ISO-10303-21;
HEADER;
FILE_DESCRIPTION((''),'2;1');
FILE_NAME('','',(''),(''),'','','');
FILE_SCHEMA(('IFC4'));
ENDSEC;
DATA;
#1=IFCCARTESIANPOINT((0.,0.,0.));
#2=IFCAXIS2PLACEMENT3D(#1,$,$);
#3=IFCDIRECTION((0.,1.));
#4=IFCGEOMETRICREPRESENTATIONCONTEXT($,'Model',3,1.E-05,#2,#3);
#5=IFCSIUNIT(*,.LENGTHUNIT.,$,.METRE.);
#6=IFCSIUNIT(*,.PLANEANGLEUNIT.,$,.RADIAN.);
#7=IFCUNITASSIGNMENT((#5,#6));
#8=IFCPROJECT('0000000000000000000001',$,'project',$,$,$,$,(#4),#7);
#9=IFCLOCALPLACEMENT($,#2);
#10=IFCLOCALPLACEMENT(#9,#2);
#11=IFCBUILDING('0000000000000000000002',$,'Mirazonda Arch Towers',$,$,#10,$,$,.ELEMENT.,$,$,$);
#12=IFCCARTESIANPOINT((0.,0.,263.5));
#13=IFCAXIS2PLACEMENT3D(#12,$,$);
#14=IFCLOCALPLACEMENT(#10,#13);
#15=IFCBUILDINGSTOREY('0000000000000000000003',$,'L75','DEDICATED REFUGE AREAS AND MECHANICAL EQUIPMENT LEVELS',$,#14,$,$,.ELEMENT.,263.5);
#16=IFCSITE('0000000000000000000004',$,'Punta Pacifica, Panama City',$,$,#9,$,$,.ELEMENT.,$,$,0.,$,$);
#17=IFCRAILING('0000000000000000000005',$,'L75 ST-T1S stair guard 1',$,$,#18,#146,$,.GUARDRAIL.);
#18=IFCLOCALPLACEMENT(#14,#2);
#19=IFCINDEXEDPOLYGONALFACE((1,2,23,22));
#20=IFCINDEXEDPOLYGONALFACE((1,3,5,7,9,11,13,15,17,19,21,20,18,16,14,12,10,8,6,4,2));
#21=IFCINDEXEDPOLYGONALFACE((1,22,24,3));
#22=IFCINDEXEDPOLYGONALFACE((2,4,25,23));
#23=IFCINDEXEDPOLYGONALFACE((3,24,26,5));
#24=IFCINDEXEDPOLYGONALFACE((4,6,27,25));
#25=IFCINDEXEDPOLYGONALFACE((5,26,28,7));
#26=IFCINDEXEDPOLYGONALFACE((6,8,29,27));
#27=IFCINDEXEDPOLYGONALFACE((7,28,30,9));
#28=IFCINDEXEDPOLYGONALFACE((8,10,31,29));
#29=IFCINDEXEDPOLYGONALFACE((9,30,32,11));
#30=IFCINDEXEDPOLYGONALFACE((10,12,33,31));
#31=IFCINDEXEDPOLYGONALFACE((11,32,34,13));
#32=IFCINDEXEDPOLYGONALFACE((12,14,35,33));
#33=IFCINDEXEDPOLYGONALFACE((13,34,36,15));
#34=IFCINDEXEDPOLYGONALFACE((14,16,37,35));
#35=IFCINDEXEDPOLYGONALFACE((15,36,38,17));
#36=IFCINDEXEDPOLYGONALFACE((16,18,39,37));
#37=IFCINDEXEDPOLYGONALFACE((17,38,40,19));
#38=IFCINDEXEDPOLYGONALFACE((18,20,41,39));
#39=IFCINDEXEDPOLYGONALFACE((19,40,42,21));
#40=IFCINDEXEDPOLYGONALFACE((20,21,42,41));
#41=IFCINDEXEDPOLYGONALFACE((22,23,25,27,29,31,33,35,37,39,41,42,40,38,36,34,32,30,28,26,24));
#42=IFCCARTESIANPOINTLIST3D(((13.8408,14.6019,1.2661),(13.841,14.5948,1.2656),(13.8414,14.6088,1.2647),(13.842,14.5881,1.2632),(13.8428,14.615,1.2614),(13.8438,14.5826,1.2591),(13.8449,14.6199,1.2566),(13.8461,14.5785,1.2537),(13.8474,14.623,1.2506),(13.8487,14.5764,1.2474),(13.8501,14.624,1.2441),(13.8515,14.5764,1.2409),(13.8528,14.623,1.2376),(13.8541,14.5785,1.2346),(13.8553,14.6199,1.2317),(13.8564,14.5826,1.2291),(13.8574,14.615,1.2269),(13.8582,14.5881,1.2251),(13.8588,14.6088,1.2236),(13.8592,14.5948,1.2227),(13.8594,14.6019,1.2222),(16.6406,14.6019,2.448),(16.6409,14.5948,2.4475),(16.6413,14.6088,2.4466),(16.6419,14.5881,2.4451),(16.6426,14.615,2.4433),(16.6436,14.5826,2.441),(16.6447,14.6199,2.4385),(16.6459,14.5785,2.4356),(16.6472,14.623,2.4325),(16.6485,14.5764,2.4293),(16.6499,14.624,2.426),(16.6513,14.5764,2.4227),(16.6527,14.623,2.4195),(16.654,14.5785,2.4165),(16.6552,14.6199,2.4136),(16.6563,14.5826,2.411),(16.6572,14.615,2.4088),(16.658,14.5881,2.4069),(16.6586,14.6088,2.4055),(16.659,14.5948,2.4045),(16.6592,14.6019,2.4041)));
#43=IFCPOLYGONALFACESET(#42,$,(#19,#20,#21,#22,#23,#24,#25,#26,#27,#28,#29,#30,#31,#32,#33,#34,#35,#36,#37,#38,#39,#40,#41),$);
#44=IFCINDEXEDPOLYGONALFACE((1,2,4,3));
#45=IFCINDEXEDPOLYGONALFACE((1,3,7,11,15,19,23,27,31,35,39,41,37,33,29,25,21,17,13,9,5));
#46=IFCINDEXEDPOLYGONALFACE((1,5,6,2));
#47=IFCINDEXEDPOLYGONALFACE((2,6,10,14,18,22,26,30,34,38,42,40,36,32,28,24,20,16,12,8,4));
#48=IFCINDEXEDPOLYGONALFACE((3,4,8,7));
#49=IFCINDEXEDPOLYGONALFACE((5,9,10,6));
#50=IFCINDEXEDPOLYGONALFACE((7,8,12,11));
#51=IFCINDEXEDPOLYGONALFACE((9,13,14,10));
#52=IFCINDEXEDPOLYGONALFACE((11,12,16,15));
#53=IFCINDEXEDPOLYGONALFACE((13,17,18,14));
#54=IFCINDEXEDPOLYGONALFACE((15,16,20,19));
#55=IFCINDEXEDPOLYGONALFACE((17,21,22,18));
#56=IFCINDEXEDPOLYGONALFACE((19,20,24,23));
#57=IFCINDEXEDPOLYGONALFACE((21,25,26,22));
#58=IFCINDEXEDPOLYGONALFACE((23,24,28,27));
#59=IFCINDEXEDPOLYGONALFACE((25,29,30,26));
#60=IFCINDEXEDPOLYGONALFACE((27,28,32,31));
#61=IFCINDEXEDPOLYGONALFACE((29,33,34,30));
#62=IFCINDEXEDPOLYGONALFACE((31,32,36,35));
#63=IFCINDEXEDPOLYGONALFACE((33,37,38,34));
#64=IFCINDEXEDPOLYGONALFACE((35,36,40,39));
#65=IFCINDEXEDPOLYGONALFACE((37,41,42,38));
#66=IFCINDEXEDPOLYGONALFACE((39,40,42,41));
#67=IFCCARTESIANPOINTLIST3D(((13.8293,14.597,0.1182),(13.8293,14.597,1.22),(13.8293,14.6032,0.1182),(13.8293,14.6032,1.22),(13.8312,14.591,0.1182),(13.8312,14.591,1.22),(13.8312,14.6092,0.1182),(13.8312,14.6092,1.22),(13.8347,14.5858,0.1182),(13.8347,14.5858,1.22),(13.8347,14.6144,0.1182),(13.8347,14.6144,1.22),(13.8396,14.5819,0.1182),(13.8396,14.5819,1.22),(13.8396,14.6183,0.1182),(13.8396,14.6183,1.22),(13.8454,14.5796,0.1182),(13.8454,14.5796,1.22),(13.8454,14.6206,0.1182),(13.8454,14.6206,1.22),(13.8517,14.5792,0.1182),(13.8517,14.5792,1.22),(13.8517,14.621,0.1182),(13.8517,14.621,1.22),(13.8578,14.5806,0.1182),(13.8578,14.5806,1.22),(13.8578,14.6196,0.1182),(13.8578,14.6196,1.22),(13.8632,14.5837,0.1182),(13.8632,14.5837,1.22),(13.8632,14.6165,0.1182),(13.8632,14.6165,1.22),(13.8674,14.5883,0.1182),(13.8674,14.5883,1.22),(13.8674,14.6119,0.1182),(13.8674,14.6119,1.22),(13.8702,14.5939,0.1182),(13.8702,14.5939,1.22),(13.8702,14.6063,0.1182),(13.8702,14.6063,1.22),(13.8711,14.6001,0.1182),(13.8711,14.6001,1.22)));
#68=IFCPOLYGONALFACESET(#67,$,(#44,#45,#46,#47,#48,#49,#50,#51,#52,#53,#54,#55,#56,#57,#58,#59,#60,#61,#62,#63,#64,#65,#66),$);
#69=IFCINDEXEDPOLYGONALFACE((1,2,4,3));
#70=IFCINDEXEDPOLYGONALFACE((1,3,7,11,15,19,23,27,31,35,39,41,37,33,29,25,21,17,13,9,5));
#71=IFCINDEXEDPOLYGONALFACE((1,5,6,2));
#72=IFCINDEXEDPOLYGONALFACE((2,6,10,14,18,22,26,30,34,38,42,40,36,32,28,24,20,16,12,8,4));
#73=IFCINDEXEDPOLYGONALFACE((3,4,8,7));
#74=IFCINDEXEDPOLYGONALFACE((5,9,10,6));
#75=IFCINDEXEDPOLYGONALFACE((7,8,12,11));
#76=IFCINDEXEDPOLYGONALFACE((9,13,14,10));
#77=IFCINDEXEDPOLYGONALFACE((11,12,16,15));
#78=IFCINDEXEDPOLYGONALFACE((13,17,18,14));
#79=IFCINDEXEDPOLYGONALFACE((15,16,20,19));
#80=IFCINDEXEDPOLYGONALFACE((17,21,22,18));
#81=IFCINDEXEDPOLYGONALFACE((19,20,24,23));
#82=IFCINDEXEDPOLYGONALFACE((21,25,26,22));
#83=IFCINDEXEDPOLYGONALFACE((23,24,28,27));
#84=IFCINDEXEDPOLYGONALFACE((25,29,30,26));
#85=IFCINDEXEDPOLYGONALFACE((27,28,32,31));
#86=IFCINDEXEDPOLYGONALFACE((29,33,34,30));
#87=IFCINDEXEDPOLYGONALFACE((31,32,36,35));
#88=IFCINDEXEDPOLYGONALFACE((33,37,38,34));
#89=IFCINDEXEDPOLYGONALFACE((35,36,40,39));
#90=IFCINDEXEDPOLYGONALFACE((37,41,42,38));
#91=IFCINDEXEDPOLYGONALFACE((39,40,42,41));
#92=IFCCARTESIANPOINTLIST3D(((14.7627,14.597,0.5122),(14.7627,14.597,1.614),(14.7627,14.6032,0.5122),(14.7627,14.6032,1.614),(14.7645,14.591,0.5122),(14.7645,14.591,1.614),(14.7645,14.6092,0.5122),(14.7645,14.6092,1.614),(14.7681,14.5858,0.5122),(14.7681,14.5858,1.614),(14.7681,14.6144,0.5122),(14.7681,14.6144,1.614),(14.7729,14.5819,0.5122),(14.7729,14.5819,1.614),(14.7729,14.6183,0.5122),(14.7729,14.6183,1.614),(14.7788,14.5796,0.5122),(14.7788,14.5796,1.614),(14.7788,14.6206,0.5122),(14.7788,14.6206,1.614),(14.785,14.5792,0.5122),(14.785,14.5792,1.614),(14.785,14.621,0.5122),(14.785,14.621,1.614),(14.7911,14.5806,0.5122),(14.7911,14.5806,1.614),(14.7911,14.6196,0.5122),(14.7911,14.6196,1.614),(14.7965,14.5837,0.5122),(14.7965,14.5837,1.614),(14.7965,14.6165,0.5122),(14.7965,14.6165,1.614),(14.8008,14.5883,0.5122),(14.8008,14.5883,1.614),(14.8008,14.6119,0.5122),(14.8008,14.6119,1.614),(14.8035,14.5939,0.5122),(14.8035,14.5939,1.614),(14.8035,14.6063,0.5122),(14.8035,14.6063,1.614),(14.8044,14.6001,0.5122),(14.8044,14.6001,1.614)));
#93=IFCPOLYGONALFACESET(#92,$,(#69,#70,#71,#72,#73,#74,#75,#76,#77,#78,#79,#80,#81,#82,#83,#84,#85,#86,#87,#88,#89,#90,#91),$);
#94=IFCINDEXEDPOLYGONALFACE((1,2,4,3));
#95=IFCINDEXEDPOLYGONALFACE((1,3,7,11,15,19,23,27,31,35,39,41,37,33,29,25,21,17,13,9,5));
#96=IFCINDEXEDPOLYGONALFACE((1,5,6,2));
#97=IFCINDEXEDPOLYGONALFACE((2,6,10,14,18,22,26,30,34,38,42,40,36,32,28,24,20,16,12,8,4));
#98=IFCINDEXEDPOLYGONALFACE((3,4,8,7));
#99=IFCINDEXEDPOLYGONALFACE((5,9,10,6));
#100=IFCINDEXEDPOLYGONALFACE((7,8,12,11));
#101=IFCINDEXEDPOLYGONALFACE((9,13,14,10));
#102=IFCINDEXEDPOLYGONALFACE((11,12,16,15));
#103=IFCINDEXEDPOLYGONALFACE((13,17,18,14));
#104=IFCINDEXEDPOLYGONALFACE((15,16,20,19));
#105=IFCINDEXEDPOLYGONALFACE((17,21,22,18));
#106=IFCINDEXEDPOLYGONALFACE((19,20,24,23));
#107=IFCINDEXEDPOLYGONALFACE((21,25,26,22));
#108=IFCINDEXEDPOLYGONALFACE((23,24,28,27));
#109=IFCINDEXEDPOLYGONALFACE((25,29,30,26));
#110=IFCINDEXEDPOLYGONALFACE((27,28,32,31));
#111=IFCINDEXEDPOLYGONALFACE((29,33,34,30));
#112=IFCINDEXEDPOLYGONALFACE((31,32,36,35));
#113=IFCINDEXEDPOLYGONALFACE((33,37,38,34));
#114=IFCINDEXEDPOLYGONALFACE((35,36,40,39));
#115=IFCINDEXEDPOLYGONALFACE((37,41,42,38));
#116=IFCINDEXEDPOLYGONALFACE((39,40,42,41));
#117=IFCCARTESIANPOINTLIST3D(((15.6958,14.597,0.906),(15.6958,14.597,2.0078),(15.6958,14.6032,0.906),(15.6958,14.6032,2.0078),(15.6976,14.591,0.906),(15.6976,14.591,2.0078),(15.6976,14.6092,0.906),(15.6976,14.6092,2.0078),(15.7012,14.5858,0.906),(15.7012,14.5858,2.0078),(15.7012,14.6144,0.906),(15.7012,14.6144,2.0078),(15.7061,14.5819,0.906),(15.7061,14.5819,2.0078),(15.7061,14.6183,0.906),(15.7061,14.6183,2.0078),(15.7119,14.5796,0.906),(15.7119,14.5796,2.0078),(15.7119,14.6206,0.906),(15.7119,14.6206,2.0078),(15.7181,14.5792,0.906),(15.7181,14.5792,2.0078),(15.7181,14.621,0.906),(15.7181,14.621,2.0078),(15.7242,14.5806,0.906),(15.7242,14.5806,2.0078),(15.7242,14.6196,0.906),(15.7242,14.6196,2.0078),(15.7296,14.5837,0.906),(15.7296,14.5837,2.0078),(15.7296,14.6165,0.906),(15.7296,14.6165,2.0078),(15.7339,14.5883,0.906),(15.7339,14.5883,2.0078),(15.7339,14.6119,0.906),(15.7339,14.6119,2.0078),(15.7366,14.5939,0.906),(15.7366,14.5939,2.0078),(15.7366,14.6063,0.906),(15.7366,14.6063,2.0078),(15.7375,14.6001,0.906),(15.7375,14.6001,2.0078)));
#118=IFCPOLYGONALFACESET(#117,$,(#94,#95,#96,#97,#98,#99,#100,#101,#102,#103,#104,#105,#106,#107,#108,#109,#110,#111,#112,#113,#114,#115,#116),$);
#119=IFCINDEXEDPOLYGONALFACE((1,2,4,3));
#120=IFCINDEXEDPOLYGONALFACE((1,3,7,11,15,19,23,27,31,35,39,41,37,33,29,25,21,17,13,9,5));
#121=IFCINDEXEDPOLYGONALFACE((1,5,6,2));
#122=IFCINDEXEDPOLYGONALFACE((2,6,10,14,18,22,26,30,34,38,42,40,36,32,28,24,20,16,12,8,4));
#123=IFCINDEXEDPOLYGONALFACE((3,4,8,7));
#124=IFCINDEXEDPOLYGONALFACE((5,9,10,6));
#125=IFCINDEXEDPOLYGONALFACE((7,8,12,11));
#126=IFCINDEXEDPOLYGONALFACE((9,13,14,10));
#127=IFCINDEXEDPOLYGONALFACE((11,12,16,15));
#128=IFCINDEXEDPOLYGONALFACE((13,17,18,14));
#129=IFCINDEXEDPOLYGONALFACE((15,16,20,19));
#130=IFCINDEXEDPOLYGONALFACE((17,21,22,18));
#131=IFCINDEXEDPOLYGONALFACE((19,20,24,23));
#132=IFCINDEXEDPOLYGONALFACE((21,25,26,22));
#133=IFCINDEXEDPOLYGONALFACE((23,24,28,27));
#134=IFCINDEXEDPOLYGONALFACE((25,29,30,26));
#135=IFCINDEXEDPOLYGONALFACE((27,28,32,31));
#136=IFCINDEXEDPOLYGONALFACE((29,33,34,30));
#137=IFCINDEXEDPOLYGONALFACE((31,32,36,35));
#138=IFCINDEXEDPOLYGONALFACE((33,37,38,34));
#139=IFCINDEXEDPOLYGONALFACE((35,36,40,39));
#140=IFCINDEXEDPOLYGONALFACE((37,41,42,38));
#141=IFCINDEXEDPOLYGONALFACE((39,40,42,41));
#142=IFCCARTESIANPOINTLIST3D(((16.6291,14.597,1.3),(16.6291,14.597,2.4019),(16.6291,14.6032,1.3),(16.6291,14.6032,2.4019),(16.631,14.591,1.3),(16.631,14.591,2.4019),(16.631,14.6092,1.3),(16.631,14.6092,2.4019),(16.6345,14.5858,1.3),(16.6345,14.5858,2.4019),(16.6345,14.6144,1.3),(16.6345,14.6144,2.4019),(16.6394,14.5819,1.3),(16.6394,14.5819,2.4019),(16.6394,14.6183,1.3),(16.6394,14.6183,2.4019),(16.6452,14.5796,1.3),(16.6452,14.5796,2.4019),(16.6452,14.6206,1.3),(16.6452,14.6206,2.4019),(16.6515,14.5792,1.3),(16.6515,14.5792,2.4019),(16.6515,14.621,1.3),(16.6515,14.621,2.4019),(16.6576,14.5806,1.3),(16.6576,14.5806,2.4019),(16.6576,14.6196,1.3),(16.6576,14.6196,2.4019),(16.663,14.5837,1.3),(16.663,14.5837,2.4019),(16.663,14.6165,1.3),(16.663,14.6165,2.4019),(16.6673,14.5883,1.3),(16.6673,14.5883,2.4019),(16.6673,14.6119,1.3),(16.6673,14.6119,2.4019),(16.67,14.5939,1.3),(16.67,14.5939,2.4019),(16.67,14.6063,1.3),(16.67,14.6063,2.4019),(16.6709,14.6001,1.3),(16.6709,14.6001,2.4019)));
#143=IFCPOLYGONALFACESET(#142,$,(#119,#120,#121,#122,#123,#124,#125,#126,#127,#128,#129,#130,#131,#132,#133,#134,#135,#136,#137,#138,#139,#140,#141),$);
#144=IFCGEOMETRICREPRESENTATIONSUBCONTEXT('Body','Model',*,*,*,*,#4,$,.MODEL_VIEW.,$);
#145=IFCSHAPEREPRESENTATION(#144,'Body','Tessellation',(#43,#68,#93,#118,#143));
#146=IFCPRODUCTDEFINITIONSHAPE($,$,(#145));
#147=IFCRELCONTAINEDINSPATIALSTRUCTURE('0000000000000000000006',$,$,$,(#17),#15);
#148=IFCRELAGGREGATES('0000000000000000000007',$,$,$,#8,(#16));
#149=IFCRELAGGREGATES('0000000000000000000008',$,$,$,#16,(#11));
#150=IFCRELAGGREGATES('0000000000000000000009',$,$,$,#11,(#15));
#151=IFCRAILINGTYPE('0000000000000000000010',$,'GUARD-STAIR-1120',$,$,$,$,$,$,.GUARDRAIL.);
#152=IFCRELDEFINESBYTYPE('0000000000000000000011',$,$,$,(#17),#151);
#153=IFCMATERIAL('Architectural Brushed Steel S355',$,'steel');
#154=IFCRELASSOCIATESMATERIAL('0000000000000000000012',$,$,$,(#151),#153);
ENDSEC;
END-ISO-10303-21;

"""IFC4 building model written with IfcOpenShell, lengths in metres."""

from ifc_helpers import new_model, si_unit, direction, frame, origin, origin_2d, place, context, subcontext, project, spatial, circle, extrude, material, type_object, element, save


model = new_model("IFC4")

# Units and contexts
model_context = context("Model", 3, precision=1e-05, world=origin(), true_north=direction((0.0, 1.0)))
body_context = subcontext(model_context, "Body", "Model", "MODEL_VIEW")
ifc_project = project(units=[si_unit("LENGTHUNIT", "METRE"), si_unit("PLANEANGLEUNIT", "RADIAN")], contexts=[model_context])

# Site, building, storey
site_placement = place(None, origin())
site = spatial("IfcSite", under=ifc_project, at=site_placement, Name="Punta Pacifica, Panama City", CompositionType="ELEMENT", RefElevation=0.0)
building_placement = place(site_placement, origin())
building = spatial("IfcBuilding", under=site, at=building_placement, Name="Mirazonda Arch Towers", CompositionType="ELEMENT")
storey_placement = place(building_placement, frame((0.0, 0.0, 263.5)))
storey = spatial("IfcBuildingStorey", under=building, at=storey_placement, Name="L75", Description="DEDICATED REFUGE AREAS AND MECHANICAL EQUIPMENT LEVELS", CompositionType="ELEMENT", Elevation=263.5)

# Railing
ifc_material_1 = material(Name="Architectural Brushed Steel S355", Category="steel")
railing_type_1 = type_object("IfcRailingType", Name="GUARD-STAIR-1120", PredefinedType="GUARDRAIL", material=ifc_material_1)
railing_1_placement = place(storey_placement, frame((13.8501, 14.6001, 0.1182)))
element("IfcRailing", 1, at=railing_1_placement, inside=storey, type_object=railing_type_1, Name="L75 ST-T1S stair guard 1", PredefinedType="GUARDRAIL", context=body_context, shape_type="SweptSolid", body=[
    extrude(circle(Radius=0.0239, at=origin_2d()), frame((0.0, 0.0, 1.126), z_axis=(0.92128, 0.0, 0.388901), x_axis=(0.0, 1.0, 0.0)), (0.0, 0.0, 1.0), 3.0391),
    extrude(circle(Radius=0.021, at=origin_2d()), origin(), (0.0, 0.0, 1.0), 1.1018),
    extrude(circle(Radius=0.021, at=origin_2d()), frame((0.9333, 0.0, 0.394)), (0.0, 0.0, 1.0), 1.1018),
    extrude(circle(Radius=0.021, at=origin_2d()), frame((1.8665, 0.0, 0.7878)), (0.0, 0.0, 1.0), 1.1018),
    extrude(circle(Radius=0.021, at=origin_2d()), frame((2.7998, 0.0, 1.1819)), (0.0, 0.0, 1.0), 1.1018),
])

save(model, "model.ifc")
